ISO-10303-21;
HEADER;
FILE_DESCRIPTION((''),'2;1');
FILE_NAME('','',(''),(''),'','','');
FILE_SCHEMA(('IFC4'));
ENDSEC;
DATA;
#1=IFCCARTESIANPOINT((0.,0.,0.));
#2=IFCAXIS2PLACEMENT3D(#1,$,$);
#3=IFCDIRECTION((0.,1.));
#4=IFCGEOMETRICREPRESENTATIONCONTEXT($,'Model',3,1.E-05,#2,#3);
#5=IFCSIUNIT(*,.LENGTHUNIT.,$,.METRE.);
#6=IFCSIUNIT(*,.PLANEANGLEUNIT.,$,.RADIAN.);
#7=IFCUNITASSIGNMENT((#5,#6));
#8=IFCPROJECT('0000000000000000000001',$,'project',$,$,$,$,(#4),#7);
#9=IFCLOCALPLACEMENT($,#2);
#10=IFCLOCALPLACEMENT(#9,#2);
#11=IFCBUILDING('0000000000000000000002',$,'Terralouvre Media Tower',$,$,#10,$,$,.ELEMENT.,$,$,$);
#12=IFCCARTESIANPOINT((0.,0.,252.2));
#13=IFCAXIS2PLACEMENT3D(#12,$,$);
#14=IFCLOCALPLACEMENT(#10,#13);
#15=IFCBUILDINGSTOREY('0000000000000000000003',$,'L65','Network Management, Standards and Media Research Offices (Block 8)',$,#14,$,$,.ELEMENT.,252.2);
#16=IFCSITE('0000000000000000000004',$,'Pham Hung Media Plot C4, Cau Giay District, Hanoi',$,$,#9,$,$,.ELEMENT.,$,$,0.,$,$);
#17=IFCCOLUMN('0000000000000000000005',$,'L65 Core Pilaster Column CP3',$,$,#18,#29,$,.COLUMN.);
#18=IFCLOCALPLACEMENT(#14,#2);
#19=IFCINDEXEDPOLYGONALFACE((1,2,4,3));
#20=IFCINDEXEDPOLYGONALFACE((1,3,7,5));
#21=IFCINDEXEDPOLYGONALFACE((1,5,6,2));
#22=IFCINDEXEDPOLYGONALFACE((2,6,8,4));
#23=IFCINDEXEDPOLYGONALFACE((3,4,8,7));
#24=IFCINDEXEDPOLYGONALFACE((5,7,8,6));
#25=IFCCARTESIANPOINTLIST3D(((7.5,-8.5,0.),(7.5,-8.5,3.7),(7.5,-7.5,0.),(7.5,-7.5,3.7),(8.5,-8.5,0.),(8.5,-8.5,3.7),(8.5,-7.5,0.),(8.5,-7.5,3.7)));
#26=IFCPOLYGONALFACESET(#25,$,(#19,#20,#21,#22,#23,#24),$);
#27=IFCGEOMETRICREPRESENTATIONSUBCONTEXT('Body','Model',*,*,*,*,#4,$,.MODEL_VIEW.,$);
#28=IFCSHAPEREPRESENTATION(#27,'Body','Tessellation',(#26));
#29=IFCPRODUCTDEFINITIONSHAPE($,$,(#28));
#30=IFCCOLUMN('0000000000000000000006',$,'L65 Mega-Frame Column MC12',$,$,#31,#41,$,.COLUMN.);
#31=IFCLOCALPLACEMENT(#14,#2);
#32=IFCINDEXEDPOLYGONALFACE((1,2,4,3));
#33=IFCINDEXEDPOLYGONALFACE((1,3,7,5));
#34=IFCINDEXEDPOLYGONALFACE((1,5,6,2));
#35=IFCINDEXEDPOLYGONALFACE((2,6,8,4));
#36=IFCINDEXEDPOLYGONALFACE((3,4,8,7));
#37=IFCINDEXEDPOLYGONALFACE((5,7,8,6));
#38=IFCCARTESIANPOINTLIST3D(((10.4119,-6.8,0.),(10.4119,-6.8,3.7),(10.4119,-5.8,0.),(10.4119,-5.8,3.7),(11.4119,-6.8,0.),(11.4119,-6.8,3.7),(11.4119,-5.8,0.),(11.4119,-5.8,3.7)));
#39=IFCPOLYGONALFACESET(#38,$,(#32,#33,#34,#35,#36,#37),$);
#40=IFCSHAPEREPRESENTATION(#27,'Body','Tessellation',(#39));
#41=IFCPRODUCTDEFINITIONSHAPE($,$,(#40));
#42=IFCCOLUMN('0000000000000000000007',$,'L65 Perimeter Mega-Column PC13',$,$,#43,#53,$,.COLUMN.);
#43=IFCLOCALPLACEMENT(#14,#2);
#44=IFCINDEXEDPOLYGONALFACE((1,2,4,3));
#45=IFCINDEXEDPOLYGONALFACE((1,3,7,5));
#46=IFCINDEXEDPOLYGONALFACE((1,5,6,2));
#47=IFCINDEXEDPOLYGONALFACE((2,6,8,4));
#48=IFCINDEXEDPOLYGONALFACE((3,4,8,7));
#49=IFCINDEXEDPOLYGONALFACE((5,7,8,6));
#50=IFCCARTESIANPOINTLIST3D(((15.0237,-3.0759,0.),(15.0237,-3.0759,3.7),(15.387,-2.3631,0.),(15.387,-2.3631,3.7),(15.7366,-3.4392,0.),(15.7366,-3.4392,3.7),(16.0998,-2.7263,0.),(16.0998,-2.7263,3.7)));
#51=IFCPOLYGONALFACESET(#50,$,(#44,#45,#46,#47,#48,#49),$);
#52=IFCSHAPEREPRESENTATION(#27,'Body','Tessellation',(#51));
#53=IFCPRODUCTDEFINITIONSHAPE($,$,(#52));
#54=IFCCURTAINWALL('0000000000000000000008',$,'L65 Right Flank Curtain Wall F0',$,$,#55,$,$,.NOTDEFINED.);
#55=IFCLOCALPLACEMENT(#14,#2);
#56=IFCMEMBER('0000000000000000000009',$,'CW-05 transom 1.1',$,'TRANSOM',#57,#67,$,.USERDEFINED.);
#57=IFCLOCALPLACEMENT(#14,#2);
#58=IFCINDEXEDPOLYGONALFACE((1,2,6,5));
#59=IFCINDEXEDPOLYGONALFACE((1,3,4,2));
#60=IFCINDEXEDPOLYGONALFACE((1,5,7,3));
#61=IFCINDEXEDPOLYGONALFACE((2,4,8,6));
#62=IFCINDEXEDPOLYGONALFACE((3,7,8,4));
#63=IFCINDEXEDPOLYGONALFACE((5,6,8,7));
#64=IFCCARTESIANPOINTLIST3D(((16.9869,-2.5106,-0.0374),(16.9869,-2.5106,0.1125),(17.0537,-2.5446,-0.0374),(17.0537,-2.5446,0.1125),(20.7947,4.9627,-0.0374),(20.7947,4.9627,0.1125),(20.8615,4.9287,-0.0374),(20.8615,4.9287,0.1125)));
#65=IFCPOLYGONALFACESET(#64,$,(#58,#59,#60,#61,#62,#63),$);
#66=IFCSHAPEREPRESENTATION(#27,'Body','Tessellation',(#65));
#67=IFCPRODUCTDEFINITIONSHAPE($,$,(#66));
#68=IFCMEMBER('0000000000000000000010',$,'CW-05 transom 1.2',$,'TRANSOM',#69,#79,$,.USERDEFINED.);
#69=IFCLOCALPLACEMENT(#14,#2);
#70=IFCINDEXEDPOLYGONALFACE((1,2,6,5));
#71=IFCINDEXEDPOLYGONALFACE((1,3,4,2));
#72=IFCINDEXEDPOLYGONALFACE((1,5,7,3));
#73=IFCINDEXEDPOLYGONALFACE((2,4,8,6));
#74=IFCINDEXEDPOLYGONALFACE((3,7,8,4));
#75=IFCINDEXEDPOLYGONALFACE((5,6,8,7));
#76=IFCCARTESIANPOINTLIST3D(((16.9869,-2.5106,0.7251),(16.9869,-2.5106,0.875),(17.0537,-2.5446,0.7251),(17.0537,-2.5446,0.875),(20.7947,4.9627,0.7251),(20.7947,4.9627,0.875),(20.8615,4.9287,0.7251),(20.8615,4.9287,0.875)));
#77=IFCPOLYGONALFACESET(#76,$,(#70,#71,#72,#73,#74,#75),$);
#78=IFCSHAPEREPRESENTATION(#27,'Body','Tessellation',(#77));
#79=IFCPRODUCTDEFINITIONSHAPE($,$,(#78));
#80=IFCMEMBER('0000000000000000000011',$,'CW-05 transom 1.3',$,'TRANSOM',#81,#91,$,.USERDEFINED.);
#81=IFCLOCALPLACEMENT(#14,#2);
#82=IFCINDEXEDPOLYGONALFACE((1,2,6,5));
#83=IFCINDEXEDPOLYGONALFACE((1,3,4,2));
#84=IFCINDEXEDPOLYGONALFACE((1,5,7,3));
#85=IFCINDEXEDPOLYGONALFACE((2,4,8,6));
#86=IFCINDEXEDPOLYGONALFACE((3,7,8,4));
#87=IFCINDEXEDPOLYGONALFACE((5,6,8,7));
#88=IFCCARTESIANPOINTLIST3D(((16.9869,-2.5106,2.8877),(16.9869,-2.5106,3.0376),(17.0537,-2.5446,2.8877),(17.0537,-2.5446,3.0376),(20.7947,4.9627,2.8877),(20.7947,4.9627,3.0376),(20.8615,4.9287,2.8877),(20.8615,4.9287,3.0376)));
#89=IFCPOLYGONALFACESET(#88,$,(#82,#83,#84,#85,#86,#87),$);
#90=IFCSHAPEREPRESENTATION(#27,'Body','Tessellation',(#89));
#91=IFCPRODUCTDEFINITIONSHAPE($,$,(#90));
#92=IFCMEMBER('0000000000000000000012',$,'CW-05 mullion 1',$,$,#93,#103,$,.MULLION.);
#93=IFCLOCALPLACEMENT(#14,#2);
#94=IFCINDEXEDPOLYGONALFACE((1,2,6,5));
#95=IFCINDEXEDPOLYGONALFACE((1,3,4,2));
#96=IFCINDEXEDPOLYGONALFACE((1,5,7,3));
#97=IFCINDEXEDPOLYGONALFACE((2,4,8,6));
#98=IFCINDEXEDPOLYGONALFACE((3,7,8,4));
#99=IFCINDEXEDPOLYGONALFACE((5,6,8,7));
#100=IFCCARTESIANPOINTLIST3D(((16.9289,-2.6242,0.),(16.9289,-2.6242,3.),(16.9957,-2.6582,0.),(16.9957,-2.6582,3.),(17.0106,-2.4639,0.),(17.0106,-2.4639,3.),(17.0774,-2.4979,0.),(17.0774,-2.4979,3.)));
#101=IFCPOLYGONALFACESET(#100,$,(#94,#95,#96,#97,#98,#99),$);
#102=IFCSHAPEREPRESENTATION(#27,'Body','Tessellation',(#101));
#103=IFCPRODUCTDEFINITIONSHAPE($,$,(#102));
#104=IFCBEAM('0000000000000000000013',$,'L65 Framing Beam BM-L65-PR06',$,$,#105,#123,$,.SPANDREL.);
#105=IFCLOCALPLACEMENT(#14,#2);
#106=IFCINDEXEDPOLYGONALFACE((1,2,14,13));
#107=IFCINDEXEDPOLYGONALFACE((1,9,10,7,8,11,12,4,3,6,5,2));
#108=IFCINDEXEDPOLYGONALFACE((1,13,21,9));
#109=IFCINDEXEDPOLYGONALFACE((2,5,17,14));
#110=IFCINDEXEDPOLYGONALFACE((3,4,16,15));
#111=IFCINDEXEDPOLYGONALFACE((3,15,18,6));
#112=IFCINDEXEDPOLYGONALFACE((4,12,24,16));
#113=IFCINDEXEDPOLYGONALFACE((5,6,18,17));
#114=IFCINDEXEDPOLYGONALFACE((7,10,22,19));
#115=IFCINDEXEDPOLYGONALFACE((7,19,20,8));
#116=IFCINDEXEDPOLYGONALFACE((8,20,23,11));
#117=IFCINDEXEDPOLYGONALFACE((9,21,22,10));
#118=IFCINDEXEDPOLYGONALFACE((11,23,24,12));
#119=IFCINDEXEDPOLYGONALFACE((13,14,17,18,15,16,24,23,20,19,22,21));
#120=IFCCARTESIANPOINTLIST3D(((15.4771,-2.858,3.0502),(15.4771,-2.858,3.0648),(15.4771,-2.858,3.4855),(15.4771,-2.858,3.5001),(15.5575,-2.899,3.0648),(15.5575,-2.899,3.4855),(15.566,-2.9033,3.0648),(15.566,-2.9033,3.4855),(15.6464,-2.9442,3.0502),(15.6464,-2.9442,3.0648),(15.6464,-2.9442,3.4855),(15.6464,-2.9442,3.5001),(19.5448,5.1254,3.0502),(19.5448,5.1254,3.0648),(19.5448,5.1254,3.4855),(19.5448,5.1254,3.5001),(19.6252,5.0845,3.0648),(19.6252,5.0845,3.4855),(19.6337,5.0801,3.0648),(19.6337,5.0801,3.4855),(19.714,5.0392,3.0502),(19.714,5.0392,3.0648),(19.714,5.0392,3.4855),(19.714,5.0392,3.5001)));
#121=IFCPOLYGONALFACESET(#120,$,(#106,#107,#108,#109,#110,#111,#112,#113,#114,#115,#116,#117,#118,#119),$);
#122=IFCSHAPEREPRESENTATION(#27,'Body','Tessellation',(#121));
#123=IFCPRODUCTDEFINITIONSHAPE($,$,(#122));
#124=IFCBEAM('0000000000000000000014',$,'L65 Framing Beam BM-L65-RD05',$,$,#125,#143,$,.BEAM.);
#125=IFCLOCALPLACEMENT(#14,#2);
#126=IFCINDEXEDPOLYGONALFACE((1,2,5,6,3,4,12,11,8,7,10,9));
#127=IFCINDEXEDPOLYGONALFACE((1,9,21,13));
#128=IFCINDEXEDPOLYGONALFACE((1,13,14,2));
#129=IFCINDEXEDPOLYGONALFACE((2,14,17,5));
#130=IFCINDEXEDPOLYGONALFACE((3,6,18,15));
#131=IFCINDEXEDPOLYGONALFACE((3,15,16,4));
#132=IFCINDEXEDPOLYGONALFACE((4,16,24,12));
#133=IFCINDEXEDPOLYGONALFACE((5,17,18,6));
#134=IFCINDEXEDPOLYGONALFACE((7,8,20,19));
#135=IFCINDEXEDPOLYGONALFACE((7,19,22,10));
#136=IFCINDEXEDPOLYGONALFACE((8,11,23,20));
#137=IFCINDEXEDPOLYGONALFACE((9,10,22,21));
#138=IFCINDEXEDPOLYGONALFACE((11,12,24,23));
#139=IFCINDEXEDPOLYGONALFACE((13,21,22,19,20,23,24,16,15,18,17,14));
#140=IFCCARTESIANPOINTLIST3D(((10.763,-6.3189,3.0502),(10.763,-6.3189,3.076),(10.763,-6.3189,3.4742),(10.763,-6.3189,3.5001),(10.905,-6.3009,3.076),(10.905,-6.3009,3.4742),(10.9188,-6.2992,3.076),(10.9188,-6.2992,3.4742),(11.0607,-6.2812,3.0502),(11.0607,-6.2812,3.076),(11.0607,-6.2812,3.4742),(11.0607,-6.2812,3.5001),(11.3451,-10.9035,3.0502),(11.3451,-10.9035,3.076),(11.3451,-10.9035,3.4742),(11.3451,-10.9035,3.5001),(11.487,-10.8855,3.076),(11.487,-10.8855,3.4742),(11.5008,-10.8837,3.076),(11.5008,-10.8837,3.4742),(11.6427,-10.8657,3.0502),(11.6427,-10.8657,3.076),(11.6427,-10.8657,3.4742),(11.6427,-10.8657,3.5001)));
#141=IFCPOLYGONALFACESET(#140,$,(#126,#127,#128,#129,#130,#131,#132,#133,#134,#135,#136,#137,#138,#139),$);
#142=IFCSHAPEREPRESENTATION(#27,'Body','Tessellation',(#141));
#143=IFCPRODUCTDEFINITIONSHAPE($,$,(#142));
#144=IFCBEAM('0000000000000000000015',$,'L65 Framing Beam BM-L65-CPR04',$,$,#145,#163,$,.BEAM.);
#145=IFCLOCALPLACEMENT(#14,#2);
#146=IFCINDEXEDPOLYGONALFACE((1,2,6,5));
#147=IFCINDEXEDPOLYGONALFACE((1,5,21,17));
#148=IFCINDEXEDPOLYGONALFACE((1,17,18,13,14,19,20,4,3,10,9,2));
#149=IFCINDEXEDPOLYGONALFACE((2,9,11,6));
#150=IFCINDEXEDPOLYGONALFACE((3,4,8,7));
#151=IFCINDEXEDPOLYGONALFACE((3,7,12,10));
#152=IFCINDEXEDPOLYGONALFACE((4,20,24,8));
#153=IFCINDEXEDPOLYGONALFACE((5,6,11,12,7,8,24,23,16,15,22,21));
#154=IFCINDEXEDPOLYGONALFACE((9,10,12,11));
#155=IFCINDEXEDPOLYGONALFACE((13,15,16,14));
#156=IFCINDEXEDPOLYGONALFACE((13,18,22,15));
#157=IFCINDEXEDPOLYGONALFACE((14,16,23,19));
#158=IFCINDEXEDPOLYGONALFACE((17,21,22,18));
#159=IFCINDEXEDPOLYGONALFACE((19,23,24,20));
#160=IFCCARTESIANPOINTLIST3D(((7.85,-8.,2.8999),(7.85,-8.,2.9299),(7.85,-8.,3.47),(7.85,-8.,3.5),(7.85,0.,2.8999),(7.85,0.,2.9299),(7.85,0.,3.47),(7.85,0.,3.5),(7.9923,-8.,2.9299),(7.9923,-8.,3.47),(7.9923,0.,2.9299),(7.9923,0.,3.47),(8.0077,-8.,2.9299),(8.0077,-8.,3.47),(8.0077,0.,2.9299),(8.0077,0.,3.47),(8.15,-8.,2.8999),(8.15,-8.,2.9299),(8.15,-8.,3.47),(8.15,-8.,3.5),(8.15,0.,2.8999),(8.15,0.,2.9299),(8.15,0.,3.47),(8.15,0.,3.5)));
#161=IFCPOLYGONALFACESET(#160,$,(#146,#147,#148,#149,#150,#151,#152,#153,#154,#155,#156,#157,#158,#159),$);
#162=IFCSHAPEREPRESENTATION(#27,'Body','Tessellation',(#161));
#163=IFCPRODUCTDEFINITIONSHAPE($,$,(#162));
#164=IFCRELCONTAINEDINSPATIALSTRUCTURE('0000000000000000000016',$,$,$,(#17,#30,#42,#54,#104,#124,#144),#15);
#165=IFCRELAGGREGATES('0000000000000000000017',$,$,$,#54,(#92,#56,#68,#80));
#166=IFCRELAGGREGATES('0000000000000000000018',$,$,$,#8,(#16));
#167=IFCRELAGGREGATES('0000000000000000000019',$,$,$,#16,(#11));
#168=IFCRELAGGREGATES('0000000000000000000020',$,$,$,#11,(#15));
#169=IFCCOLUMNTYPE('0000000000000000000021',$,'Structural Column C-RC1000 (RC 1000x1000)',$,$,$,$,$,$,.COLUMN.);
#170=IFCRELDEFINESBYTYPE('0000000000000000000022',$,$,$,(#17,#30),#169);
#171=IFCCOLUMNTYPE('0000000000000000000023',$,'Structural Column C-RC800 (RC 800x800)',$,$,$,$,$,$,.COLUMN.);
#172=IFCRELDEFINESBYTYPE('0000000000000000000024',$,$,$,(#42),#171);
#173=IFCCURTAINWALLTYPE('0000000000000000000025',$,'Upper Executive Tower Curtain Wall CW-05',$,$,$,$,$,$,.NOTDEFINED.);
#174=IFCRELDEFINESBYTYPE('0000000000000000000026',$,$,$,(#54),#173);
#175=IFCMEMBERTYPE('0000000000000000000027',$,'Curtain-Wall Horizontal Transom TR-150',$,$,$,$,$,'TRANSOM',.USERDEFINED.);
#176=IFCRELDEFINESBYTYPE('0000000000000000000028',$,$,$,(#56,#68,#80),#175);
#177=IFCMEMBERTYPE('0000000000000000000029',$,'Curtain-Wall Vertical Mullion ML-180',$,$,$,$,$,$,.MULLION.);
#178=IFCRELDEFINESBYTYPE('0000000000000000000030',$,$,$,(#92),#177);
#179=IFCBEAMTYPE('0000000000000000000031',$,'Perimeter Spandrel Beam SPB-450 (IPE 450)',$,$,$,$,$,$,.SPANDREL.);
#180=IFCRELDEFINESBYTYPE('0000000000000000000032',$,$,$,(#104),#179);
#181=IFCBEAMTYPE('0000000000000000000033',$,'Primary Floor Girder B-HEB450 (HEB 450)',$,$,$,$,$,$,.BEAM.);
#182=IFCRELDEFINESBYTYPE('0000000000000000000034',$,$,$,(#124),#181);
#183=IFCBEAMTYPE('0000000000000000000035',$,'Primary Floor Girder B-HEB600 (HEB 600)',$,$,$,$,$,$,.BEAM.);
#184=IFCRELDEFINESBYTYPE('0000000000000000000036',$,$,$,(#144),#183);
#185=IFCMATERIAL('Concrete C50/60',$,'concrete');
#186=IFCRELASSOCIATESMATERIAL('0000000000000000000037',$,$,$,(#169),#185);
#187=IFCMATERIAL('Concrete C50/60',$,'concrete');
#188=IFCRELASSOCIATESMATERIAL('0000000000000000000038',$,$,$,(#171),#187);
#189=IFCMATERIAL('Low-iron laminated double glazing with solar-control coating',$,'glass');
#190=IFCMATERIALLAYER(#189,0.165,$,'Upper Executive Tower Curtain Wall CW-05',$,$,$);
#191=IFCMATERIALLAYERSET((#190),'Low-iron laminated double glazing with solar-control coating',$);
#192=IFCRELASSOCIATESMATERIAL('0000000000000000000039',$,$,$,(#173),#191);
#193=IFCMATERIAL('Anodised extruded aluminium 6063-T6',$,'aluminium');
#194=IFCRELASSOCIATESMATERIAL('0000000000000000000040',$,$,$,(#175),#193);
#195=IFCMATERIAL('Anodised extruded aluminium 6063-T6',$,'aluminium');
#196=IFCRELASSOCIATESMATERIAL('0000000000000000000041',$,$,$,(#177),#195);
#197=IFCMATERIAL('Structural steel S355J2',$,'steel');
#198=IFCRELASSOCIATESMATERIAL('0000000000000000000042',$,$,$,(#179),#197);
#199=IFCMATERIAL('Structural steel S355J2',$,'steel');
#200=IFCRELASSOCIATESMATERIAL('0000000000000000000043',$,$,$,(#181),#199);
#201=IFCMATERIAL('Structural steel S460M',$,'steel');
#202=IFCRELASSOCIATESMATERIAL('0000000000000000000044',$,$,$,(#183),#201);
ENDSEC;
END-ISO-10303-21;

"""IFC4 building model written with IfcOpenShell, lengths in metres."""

from ifc_helpers import new_model, si_unit, direction, frame, origin, origin_2d, place, context, subcontext, project, spatial, rectangle, i_section, extrude, material, layer, layer_set, material_profile, profile_set, type_object, element, aggregate, save


model = new_model("IFC4")

# Units and contexts
model_context = context("Model", 3, precision=1e-05, world=origin(), true_north=direction((0.0, 1.0)))
body_context = subcontext(model_context, "Body", "Model", "MODEL_VIEW")
ifc_project = project(units=[si_unit("LENGTHUNIT", "METRE"), si_unit("PLANEANGLEUNIT", "RADIAN")], contexts=[model_context])

# Site, building, storey
site_placement = place(None, origin())
site = spatial("IfcSite", under=ifc_project, at=site_placement, Name="Pham Hung Media Plot C4, Cau Giay District, Hanoi", CompositionType="ELEMENT", RefElevation=0.0)
building_placement = place(site_placement, origin())
building = spatial("IfcBuilding", under=site, at=building_placement, Name="Terralouvre Media Tower", CompositionType="ELEMENT")
storey_placement = place(building_placement, frame((0.0, 0.0, 252.2)))
storey = spatial("IfcBuildingStorey", under=building, at=storey_placement, Name="L65", Description="Network Management, Standards and Media Research Offices (Block 8)", CompositionType="ELEMENT", Elevation=252.2)

# Columns
ifc_material_1 = material(Name="Concrete C50/60", Category="concrete")
ifc_material_profile_1 = material_profile(ifc_material_1, rectangle(XDim=1.0, YDim=1.0, at=origin_2d()), Name="RC 1000x1000")
ifc_profile_set_1 = profile_set([ifc_material_profile_1], Name="Concrete C50/60")
column_type_1 = type_object("IfcColumnType", Name="Structural Column C-RC1000 (RC 1000x1000)", PredefinedType="COLUMN", material=ifc_profile_set_1)
for number, where, z_axis, x_axis, name in (
    (1, (8.0, -8.0, 0.0), (0.0, 0.0, 1.0), (1.0, 0.0, 0.0), "L65 Core Pilaster Column CP3"),
    (2, (10.9119, -6.3, 0.0), (0.0, 0.0, 1.0), (1.0, 0.0, 0.0), "L65 Mega-Frame Column MC12"),
):
    element("IfcColumn", number, at=place(storey_placement, frame(where, z_axis=z_axis, x_axis=x_axis)), inside=storey, type_object=column_type_1, Name=name, PredefinedType="COLUMN", context=body_context, shape_type="SweptSolid", body=[
        extrude(rectangle(XDim=1.0, YDim=1.0, at=origin_2d()), origin(), (0.0, 0.0, 1.0), 3.7),
    ])
ifc_material_2 = material(Name="Concrete C50/60", Category="concrete")
ifc_material_profile_2 = material_profile(ifc_material_2, rectangle(XDim=0.8, YDim=0.8, at=origin_2d()), Name="RC 800x800")
ifc_profile_set_2 = profile_set([ifc_material_profile_2], Name="Concrete C50/60")
column_type_2 = type_object("IfcColumnType", Name="Structural Column C-RC800 (RC 800x800)", PredefinedType="COLUMN", material=ifc_profile_set_2)
column_placement = place(storey_placement, frame((15.5618, -2.9011, 0.0), z_axis=(0.0, 0.0, 1.0), x_axis=(0.45399, 0.891007, 0.0)))
element("IfcColumn", 3, at=column_placement, inside=storey, type_object=column_type_2, Name="L65 Perimeter Mega-Column PC13", PredefinedType="COLUMN", context=body_context, shape_type="SweptSolid", body=[
    extrude(rectangle(XDim=0.8, YDim=0.8, at=origin_2d()), origin(), (0.0, 0.0, 1.0), 3.7),
])

# Curtain wall, members
ifc_material_3 = material(Name="Low-iron laminated double glazing with solar-control coating", Category="glass")
ifc_layer_1 = layer(ifc_material_3, 0.165, Name="Upper Executive Tower Curtain Wall CW-05")
ifc_layer_set_1 = layer_set([ifc_layer_1], Name="Low-iron laminated double glazing with solar-control coating")
curtain_wall_type = type_object("IfcCurtainWallType", Name="Upper Executive Tower Curtain Wall CW-05", PredefinedType="NOTDEFINED", material=ifc_layer_set_1)
curtain_wall_placement = place(storey_placement, origin())
curtain_wall = element("IfcCurtainWall", 4, at=curtain_wall_placement, inside=storey, type_object=curtain_wall_type, Name="L65 Right Flank Curtain Wall F0", PredefinedType="NOTDEFINED")
ifc_material_4 = material(Name="Anodised extruded aluminium 6063-T6", Category="aluminium")
ifc_material_profile_3 = material_profile(ifc_material_4, rectangle(XDim=0.075, YDim=0.1499, at=origin_2d()), Name="ALU 75x150")
ifc_profile_set_3 = profile_set([ifc_material_profile_3], Name="Anodised extruded aluminium 6063-T6")
member_type_1 = type_object("IfcMemberType", Name="Curtain-Wall Horizontal Transom TR-150", ElementType="TRANSOM", PredefinedType="USERDEFINED", material=ifc_profile_set_3)
member_1_placement = place(storey_placement, frame((17.0203, -2.5276, 0.0376), z_axis=(0.453989, 0.891008, 0.0), x_axis=(-0.891008, 0.453989, 0.0)))
member_1 = element("IfcMember", 5, at=member_1_placement, type_object=member_type_1, Name="CW-05 transom 1.1", ObjectType="TRANSOM", PredefinedType="USERDEFINED", context=body_context, shape_type="SweptSolid", body=[
    extrude(rectangle(XDim=0.075, YDim=0.1499, at=origin_2d()), origin(), (0.0, 0.0, 1.0), 8.3875),
])
member_2_placement = place(storey_placement, frame((17.0203, -2.5276, 0.8), z_axis=(0.453989, 0.891008, 0.0), x_axis=(-0.891008, 0.453989, 0.0)))
member_2 = element("IfcMember", 6, at=member_2_placement, type_object=member_type_1, Name="CW-05 transom 1.2", ObjectType="TRANSOM", PredefinedType="USERDEFINED", context=body_context, shape_type="SweptSolid", body=[
    extrude(rectangle(XDim=0.075, YDim=0.1499, at=origin_2d()), origin(), (0.0, 0.0, 1.0), 8.3875),
])
member_3_placement = place(storey_placement, frame((17.0203, -2.5276, 2.9626), z_axis=(0.453989, 0.891008, 0.0), x_axis=(-0.891008, 0.453989, 0.0)))
member_3 = element("IfcMember", 7, at=member_3_placement, type_object=member_type_1, Name="CW-05 transom 1.3", ObjectType="TRANSOM", PredefinedType="USERDEFINED", context=body_context, shape_type="SweptSolid", body=[
    extrude(rectangle(XDim=0.075, YDim=0.1499, at=origin_2d()), origin(), (0.0, 0.0, 1.0), 8.3875),
])
ifc_material_5 = material(Name="Anodised extruded aluminium 6063-T6", Category="aluminium")
ifc_material_profile_4 = material_profile(ifc_material_5, rectangle(XDim=0.075, YDim=0.1799, at=origin_2d()), Name="ALU 75x180")
ifc_profile_set_4 = profile_set([ifc_material_profile_4], Name="Anodised extruded aluminium 6063-T6")
member_type_2 = type_object("IfcMemberType", Name="Curtain-Wall Vertical Mullion ML-180", PredefinedType="MULLION", material=ifc_profile_set_4)
member_4_placement = place(storey_placement, frame((17.0032, -2.561, 0.0), z_axis=(0.0, 0.0, 1.0), x_axis=(-0.891006, 0.453991, 0.0)))
member_4 = element("IfcMember", 8, at=member_4_placement, type_object=member_type_2, Name="CW-05 mullion 1", PredefinedType="MULLION", context=body_context, shape_type="SweptSolid", body=[
    extrude(rectangle(XDim=0.075, YDim=0.1799, at=origin_2d()), origin(), (0.0, 0.0, 1.0), 3.0),
])
aggregate(curtain_wall, [member_4, member_1, member_2, member_3])

# Beams
ifc_material_6 = material(Name="Structural steel S355J2", Category="steel")
ifc_material_profile_5 = material_profile(ifc_material_6, i_section(OverallWidth=0.1899, OverallDepth=0.45, WebThickness=0.0095, FlangeThickness=0.0146, at=origin_2d()), Name="IPE 450")
ifc_profile_set_5 = profile_set([ifc_material_profile_5], Name="Structural steel S355J2")
beam_type_1 = type_object("IfcBeamType", Name="Perimeter Spandrel Beam SPB-450 (IPE 450)", PredefinedType="SPANDREL", material=ifc_profile_set_5)
beam_1_placement = place(storey_placement, frame((15.5618, -2.9011, 3.2751), z_axis=(0.45398, 0.891012, 0.0), x_axis=(-0.891012, 0.45398, 0.0)))
element("IfcBeam", 9, at=beam_1_placement, inside=storey, type_object=beam_type_1, Name="L65 Framing Beam BM-L65-PR06", PredefinedType="SPANDREL", context=body_context, shape_type="SweptSolid", body=[
    extrude(i_section(OverallWidth=0.1899, OverallDepth=0.45, WebThickness=0.0095, FlangeThickness=0.0146, at=origin_2d()), origin(), (0.0, 0.0, 1.0), 8.96),
])
ifc_material_7 = material(Name="Structural steel S355J2", Category="steel")
ifc_material_profile_6 = material_profile(ifc_material_7, i_section(OverallWidth=0.3, OverallDepth=0.45, WebThickness=0.0139, FlangeThickness=0.0259, at=origin_2d()), Name="HEB 450")
ifc_profile_set_6 = profile_set([ifc_material_profile_6], Name="Structural steel S355J2")
beam_type_2 = type_object("IfcBeamType", Name="Primary Floor Girder B-HEB450 (HEB 450)", PredefinedType="BEAM", material=ifc_profile_set_6)
beam_2_placement = place(storey_placement, frame((10.9119, -6.3, 3.2751), z_axis=(0.125946, -0.992037, 0.0), x_axis=(0.992037, 0.125946, 0.0)))
element("IfcBeam", 10, at=beam_2_placement, inside=storey, type_object=beam_type_2, Name="L65 Framing Beam BM-L65-RD05", PredefinedType="BEAM", context=body_context, shape_type="SweptSolid", body=[
    extrude(i_section(OverallWidth=0.3, OverallDepth=0.45, WebThickness=0.0139, FlangeThickness=0.0259, at=origin_2d()), origin(), (0.0, 0.0, 1.0), 4.6213),
])
ifc_material_8 = material(Name="Structural steel S460M", Category="steel")
ifc_material_profile_7 = material_profile(ifc_material_8, i_section(OverallWidth=0.3, OverallDepth=0.6001, WebThickness=0.0154, FlangeThickness=0.03, at=origin_2d()), Name="HEB 600")
ifc_profile_set_7 = profile_set([ifc_material_profile_7], Name="Structural steel S460M")
beam_type_3 = type_object("IfcBeamType", Name="Primary Floor Girder B-HEB600 (HEB 600)", PredefinedType="BEAM", material=ifc_profile_set_7)
beam_3_placement = place(storey_placement, frame((8.0, -8.0, 3.2), z_axis=(0.0, 1.0, 0.0), x_axis=(-1.0, 0.0, 0.0)))
element("IfcBeam", 11, at=beam_3_placement, inside=storey, type_object=beam_type_3, Name="L65 Framing Beam BM-L65-CPR04", PredefinedType="BEAM", context=body_context, shape_type="SweptSolid", body=[
    extrude(i_section(OverallWidth=0.3, OverallDepth=0.6001, WebThickness=0.0154, FlangeThickness=0.03, at=origin_2d()), origin(), (0.0, 0.0, 1.0), 8.0),
])

save(model, "model.ifc")
